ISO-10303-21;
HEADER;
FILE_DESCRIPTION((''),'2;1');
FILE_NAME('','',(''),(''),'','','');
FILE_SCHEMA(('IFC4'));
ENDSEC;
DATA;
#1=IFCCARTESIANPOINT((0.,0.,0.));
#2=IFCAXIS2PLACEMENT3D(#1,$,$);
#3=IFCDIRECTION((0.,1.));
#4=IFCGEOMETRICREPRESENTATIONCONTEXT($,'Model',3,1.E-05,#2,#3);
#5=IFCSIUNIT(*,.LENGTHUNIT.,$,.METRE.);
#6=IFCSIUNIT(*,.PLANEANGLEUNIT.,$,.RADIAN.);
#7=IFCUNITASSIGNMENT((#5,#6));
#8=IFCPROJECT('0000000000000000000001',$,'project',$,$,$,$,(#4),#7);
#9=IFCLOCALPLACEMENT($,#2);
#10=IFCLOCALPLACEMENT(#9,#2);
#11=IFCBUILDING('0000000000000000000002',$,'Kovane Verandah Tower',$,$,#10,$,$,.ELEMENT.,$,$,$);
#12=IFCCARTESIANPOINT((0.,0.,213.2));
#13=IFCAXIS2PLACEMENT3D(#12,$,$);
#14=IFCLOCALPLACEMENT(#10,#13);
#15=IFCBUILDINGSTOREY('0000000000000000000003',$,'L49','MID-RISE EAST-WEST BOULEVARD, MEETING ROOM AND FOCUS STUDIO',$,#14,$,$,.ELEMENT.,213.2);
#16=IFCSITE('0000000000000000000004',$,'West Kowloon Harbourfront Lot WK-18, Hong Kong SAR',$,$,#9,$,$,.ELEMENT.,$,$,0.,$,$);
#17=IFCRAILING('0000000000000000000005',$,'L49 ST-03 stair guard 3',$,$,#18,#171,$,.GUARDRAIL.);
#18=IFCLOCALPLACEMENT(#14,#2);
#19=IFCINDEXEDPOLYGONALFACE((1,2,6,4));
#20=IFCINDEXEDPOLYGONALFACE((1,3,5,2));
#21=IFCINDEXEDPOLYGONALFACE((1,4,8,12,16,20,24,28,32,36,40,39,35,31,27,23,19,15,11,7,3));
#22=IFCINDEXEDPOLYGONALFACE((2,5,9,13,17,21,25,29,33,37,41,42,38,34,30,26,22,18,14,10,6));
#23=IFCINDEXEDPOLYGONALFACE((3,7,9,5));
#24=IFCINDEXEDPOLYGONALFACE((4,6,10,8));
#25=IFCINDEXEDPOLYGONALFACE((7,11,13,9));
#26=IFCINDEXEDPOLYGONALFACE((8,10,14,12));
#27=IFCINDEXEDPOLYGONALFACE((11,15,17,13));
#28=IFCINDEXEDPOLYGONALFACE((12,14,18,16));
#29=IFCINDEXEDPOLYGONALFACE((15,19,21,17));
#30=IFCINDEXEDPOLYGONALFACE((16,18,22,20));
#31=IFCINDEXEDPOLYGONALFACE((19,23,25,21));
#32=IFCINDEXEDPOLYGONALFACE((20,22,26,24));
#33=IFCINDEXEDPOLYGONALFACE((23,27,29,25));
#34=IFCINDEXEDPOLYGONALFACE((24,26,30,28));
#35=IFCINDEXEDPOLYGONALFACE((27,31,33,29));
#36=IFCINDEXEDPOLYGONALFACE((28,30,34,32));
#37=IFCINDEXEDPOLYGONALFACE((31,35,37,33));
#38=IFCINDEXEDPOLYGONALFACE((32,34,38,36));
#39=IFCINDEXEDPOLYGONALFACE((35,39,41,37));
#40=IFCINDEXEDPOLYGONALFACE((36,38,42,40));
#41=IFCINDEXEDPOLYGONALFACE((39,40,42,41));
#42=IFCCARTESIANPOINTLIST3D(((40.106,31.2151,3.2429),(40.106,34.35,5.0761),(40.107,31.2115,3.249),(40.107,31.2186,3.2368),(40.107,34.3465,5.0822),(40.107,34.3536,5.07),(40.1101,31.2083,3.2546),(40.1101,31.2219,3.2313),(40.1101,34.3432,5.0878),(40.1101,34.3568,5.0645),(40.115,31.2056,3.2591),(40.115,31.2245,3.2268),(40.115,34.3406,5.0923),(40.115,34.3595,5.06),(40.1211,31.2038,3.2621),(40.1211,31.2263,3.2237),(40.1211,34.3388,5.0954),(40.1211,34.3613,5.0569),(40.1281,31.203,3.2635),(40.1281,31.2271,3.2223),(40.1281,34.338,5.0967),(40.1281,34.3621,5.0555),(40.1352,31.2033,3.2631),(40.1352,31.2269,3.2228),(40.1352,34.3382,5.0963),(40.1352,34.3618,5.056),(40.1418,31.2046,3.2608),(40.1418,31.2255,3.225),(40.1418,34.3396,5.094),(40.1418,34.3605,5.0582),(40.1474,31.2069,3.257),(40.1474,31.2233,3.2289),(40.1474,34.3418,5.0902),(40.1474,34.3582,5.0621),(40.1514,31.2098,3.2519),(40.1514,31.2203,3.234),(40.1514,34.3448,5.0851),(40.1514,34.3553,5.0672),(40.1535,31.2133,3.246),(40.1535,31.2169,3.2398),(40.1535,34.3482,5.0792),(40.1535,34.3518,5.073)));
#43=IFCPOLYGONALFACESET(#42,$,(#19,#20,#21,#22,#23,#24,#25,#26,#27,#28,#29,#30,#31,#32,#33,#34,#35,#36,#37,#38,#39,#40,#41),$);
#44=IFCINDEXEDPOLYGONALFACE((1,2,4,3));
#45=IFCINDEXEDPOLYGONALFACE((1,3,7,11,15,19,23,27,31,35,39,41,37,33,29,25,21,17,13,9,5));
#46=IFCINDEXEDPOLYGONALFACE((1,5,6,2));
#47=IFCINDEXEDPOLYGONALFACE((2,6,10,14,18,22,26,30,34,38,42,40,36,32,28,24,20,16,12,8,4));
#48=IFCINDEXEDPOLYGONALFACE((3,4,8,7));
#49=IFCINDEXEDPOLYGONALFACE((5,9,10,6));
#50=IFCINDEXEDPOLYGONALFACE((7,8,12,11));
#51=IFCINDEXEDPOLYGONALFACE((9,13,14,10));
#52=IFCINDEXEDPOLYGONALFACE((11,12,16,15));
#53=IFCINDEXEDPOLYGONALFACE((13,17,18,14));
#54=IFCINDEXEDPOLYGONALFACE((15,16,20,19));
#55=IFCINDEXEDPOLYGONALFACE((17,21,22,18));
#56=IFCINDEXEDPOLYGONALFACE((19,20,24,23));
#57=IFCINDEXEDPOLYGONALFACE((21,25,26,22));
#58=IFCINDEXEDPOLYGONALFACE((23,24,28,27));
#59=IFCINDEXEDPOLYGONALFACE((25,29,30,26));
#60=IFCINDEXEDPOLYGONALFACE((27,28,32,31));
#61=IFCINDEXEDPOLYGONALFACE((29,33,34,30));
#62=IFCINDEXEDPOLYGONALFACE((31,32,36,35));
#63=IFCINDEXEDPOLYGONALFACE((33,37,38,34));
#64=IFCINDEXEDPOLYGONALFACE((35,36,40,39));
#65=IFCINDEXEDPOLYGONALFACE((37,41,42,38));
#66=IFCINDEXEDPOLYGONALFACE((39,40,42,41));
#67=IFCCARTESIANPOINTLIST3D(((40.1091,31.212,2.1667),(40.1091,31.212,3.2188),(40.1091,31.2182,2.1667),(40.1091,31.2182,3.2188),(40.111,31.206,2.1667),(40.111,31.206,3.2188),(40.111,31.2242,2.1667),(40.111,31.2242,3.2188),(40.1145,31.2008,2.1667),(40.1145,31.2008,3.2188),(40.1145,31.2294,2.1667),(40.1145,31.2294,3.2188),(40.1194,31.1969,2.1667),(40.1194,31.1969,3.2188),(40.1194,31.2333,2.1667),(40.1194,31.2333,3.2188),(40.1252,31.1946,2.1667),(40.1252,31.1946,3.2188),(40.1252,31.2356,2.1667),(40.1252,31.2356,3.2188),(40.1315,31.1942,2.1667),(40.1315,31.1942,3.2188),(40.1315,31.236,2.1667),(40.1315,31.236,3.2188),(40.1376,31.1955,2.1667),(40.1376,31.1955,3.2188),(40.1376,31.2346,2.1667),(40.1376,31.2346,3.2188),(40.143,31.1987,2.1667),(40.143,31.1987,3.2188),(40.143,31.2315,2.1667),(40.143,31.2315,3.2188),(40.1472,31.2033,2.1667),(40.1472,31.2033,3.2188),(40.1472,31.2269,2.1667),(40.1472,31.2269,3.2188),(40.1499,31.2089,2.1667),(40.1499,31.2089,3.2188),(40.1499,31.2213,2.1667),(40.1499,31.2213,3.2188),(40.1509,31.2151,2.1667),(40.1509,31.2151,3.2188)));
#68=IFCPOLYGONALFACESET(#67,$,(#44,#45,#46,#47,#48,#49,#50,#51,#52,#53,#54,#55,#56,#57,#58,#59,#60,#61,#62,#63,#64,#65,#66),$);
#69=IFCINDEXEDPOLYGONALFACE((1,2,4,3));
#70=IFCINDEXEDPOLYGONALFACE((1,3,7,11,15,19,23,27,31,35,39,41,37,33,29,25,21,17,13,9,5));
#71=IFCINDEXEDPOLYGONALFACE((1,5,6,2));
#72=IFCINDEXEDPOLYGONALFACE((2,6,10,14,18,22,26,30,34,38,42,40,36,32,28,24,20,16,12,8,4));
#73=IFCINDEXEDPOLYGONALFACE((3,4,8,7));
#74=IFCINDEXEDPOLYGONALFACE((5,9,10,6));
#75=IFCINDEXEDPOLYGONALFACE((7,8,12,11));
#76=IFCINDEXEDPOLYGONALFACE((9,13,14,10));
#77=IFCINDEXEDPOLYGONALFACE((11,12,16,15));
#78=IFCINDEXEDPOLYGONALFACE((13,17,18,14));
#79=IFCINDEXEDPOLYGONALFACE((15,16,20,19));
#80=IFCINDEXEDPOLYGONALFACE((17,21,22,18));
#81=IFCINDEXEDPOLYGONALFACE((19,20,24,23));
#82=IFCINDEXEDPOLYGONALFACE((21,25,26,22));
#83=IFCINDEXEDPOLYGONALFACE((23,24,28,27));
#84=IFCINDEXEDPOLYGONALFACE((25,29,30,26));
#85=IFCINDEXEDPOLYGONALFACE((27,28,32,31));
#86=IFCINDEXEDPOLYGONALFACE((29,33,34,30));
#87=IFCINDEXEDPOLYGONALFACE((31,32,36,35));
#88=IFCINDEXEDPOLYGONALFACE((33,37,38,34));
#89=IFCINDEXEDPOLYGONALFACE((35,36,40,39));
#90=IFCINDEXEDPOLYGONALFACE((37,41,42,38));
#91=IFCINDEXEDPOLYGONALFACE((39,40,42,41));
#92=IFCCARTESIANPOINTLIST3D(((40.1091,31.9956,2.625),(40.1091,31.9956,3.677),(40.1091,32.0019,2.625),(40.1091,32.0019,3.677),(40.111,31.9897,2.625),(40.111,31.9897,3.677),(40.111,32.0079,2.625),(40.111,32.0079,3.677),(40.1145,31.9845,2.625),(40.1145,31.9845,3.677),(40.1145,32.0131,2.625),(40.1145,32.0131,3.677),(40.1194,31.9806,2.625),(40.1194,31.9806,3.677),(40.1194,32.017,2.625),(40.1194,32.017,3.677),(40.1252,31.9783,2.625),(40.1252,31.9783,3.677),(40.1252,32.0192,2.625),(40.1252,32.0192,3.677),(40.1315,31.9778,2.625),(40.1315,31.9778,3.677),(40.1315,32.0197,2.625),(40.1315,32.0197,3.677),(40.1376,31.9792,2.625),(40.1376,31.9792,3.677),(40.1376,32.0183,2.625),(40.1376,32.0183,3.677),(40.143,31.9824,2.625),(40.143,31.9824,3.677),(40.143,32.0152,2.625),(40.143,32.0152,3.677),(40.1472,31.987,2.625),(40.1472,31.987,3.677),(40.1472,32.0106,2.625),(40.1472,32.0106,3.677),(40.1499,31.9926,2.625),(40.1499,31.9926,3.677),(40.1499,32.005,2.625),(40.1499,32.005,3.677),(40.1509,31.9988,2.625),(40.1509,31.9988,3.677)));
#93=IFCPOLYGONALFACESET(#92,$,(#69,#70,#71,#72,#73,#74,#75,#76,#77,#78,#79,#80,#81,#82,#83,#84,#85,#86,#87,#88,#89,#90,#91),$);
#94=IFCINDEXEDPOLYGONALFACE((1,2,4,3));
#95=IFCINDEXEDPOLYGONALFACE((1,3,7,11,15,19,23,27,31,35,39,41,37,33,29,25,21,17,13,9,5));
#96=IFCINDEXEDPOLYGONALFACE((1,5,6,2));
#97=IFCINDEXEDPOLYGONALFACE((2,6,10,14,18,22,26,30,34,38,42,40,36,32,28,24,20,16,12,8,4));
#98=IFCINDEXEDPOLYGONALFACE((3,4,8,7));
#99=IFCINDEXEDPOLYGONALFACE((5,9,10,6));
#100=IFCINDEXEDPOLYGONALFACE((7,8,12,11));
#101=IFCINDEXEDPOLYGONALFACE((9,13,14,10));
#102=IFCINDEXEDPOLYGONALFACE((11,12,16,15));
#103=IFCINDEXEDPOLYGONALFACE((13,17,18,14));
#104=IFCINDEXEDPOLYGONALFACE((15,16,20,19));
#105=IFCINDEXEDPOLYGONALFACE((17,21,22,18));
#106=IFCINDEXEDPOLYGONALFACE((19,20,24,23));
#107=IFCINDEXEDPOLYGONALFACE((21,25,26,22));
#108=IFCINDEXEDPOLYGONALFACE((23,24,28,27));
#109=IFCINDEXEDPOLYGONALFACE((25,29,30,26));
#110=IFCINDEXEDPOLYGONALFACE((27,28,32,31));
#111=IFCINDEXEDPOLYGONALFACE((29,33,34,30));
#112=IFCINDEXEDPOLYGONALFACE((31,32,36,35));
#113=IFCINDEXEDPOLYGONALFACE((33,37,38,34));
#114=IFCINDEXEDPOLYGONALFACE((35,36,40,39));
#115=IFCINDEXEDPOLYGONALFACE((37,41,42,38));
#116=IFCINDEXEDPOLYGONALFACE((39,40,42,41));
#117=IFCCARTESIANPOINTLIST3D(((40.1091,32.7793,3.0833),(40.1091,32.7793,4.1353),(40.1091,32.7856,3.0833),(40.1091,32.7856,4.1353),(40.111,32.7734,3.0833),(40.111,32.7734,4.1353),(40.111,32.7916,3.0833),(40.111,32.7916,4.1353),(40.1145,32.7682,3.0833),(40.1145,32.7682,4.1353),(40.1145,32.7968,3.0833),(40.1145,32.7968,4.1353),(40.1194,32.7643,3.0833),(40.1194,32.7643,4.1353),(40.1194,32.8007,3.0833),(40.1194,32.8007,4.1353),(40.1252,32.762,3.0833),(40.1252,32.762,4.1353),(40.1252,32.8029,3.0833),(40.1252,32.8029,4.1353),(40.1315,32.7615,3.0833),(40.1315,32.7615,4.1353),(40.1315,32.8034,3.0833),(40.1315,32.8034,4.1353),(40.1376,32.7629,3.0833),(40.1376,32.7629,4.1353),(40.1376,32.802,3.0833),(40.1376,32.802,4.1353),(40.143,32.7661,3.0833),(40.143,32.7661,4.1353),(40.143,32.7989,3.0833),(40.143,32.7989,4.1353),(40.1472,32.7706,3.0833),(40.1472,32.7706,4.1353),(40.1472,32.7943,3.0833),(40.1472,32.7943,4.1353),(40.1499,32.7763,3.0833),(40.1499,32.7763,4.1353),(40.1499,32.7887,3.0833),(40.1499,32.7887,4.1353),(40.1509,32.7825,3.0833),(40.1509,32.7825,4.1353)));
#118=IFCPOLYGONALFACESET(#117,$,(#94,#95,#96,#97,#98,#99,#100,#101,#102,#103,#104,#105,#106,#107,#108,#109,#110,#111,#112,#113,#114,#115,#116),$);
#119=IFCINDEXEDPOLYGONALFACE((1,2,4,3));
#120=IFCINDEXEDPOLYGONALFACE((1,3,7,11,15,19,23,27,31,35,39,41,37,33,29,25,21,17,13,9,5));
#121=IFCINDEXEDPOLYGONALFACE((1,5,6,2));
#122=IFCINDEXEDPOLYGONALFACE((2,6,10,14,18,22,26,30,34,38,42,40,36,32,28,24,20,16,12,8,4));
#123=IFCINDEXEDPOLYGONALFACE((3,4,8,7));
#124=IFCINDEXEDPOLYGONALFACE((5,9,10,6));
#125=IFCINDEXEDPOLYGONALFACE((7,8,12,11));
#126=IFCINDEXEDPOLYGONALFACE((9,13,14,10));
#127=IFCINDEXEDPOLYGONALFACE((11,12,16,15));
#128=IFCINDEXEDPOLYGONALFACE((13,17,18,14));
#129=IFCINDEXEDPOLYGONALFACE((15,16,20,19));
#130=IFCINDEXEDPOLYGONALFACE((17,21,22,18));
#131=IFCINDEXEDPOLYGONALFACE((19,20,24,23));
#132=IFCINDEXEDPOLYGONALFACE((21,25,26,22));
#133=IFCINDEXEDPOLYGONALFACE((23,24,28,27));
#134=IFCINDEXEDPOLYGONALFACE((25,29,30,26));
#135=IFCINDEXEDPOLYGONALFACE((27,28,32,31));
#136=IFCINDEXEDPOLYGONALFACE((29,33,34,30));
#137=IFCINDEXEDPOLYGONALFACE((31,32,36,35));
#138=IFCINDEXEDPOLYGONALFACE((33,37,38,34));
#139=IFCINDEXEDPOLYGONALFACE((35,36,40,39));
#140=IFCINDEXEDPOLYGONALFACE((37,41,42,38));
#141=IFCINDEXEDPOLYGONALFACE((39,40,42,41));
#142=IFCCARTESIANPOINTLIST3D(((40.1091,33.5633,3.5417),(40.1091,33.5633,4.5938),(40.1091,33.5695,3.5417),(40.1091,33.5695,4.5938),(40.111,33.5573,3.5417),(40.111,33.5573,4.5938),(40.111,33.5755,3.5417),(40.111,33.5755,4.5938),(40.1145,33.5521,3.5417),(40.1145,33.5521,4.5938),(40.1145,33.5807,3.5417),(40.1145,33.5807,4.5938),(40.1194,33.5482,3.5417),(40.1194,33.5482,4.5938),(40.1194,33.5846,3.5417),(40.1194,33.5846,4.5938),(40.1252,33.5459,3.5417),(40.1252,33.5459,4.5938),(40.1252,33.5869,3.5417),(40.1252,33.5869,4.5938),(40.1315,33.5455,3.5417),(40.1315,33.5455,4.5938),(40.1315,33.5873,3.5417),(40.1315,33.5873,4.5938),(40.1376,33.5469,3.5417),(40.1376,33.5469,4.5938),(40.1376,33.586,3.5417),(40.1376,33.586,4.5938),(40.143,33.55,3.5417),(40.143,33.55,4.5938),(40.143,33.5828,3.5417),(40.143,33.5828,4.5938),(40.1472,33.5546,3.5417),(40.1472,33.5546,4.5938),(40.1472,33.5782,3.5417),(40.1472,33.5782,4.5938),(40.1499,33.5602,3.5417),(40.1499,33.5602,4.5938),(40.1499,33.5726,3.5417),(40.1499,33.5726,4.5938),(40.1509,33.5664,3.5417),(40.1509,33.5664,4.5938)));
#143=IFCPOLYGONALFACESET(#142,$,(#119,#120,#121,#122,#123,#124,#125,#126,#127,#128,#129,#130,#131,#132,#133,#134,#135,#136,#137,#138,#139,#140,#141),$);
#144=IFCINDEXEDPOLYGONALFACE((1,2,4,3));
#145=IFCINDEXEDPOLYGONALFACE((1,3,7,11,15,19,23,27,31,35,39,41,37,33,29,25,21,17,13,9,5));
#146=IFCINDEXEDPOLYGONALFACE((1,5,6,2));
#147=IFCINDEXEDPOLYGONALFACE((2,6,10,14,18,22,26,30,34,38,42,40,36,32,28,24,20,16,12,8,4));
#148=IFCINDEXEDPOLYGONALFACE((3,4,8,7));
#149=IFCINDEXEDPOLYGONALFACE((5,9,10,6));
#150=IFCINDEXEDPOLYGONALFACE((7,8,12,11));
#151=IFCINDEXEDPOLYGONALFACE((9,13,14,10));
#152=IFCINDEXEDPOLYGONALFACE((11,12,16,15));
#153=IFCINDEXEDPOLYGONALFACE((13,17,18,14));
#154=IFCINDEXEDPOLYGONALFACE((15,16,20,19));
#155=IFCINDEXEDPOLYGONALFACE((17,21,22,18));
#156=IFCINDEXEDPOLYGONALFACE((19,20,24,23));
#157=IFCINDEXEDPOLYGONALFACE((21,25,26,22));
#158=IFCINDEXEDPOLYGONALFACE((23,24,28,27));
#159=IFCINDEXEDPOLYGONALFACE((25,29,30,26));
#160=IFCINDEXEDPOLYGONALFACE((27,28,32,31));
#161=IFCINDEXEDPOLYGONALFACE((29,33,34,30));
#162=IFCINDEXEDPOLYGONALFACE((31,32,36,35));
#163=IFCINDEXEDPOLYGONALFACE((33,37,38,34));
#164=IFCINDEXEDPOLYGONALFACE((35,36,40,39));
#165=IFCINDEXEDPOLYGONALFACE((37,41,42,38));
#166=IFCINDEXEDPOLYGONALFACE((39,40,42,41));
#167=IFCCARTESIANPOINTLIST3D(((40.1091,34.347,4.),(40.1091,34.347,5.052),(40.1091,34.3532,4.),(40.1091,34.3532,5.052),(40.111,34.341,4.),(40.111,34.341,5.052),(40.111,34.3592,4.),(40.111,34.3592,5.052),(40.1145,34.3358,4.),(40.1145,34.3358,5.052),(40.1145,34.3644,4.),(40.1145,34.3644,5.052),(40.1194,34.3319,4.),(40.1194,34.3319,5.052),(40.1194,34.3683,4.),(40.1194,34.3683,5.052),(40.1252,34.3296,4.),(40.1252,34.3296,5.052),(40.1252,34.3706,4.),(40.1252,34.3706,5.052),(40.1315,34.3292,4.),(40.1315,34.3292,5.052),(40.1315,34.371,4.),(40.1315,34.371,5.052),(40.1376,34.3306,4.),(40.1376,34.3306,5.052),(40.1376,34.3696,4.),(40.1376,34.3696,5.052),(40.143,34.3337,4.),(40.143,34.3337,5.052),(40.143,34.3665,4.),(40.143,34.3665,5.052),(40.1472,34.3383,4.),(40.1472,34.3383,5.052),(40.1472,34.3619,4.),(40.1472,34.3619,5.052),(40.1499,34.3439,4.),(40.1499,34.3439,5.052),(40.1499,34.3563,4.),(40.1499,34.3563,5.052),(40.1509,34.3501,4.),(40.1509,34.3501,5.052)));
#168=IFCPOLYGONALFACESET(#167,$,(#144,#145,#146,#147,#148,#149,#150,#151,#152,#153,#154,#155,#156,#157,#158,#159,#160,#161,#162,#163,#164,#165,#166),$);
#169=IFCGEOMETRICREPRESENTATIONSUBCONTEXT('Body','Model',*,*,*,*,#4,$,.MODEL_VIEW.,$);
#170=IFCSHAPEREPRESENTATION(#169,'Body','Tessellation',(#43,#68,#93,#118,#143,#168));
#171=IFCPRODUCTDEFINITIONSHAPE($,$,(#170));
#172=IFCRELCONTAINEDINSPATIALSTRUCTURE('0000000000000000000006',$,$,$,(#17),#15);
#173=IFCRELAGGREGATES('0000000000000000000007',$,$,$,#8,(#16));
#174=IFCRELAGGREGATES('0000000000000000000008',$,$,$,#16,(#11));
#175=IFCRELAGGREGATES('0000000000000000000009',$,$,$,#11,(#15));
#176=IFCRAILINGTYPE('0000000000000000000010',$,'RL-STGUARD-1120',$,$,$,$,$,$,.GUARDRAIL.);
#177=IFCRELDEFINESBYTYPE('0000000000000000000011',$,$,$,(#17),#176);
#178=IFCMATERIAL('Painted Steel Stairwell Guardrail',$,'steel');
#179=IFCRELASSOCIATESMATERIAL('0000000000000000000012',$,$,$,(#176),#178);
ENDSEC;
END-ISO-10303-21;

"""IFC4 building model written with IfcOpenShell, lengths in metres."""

from ifc_helpers import new_model, si_unit, direction, frame, origin, origin_2d, place, context, subcontext, project, spatial, circle, extrude, material, type_object, element, save


model = new_model("IFC4")

# Units and contexts
model_context = context("Model", 3, precision=1e-05, world=origin(), true_north=direction((0.0, 1.0)))
body_context = subcontext(model_context, "Body", "Model", "MODEL_VIEW")
ifc_project = project(units=[si_unit("LENGTHUNIT", "METRE"), si_unit("PLANEANGLEUNIT", "RADIAN")], contexts=[model_context])

# Site, building, storey
site_placement = place(None, origin())
site = spatial("IfcSite", under=ifc_project, at=site_placement, Name="West Kowloon Harbourfront Lot WK-18, Hong Kong SAR", CompositionType="ELEMENT", RefElevation=0.0)
building_placement = place(site_placement, origin())
building = spatial("IfcBuilding", under=site, at=building_placement, Name="Kovane Verandah Tower", CompositionType="ELEMENT")
storey_placement = place(building_placement, frame((0.0, 0.0, 213.2)))
storey = spatial("IfcBuildingStorey", under=building, at=storey_placement, Name="L49", Description="MID-RISE EAST-WEST BOULEVARD, MEETING ROOM AND FOCUS STUDIO", CompositionType="ELEMENT", Elevation=213.2)

# Railing
ifc_material_1 = material(Name="Painted Steel Stairwell Guardrail", Category="steel")
railing_type = type_object("IfcRailingType", Name="RL-STGUARD-1120", PredefinedType="GUARDRAIL", material=ifc_material_1)
railing_1_placement = place(storey_placement, frame((40.1299, 31.2151, 2.1667)))
element("IfcRailing", 1, at=railing_1_placement, inside=storey, type_object=railing_type, Name="L49 ST-03 stair guard 3", PredefinedType="GUARDRAIL", context=body_context, shape_type="SweptSolid", body=[
    extrude(circle(Radius=0.0239, at=origin_2d()), frame((0.0, 0.0, 1.0762), z_axis=(0.0, 0.86324, 0.504794), x_axis=(-1.0, 0.0, 0.0)), (0.0, 0.0, 1.0), 3.6316),
    extrude(circle(Radius=0.021, at=origin_2d()), origin(), (0.0, 0.0, 1.0), 1.052),
    extrude(circle(Radius=0.021, at=origin_2d()), frame((0.0, 0.7837, 0.4583)), (0.0, 0.0, 1.0), 1.052),
    extrude(circle(Radius=0.021, at=origin_2d()), frame((0.0, 1.5674, 0.9165)), (0.0, 0.0, 1.0), 1.052),
    extrude(circle(Radius=0.021, at=origin_2d()), frame((0.0, 2.3513, 1.375)), (0.0, 0.0, 1.0), 1.052),
    extrude(circle(Radius=0.021, at=origin_2d()), frame((0.0, 3.135, 1.8333)), (0.0, 0.0, 1.0), 1.052),
])

save(model, "model.ifc")
